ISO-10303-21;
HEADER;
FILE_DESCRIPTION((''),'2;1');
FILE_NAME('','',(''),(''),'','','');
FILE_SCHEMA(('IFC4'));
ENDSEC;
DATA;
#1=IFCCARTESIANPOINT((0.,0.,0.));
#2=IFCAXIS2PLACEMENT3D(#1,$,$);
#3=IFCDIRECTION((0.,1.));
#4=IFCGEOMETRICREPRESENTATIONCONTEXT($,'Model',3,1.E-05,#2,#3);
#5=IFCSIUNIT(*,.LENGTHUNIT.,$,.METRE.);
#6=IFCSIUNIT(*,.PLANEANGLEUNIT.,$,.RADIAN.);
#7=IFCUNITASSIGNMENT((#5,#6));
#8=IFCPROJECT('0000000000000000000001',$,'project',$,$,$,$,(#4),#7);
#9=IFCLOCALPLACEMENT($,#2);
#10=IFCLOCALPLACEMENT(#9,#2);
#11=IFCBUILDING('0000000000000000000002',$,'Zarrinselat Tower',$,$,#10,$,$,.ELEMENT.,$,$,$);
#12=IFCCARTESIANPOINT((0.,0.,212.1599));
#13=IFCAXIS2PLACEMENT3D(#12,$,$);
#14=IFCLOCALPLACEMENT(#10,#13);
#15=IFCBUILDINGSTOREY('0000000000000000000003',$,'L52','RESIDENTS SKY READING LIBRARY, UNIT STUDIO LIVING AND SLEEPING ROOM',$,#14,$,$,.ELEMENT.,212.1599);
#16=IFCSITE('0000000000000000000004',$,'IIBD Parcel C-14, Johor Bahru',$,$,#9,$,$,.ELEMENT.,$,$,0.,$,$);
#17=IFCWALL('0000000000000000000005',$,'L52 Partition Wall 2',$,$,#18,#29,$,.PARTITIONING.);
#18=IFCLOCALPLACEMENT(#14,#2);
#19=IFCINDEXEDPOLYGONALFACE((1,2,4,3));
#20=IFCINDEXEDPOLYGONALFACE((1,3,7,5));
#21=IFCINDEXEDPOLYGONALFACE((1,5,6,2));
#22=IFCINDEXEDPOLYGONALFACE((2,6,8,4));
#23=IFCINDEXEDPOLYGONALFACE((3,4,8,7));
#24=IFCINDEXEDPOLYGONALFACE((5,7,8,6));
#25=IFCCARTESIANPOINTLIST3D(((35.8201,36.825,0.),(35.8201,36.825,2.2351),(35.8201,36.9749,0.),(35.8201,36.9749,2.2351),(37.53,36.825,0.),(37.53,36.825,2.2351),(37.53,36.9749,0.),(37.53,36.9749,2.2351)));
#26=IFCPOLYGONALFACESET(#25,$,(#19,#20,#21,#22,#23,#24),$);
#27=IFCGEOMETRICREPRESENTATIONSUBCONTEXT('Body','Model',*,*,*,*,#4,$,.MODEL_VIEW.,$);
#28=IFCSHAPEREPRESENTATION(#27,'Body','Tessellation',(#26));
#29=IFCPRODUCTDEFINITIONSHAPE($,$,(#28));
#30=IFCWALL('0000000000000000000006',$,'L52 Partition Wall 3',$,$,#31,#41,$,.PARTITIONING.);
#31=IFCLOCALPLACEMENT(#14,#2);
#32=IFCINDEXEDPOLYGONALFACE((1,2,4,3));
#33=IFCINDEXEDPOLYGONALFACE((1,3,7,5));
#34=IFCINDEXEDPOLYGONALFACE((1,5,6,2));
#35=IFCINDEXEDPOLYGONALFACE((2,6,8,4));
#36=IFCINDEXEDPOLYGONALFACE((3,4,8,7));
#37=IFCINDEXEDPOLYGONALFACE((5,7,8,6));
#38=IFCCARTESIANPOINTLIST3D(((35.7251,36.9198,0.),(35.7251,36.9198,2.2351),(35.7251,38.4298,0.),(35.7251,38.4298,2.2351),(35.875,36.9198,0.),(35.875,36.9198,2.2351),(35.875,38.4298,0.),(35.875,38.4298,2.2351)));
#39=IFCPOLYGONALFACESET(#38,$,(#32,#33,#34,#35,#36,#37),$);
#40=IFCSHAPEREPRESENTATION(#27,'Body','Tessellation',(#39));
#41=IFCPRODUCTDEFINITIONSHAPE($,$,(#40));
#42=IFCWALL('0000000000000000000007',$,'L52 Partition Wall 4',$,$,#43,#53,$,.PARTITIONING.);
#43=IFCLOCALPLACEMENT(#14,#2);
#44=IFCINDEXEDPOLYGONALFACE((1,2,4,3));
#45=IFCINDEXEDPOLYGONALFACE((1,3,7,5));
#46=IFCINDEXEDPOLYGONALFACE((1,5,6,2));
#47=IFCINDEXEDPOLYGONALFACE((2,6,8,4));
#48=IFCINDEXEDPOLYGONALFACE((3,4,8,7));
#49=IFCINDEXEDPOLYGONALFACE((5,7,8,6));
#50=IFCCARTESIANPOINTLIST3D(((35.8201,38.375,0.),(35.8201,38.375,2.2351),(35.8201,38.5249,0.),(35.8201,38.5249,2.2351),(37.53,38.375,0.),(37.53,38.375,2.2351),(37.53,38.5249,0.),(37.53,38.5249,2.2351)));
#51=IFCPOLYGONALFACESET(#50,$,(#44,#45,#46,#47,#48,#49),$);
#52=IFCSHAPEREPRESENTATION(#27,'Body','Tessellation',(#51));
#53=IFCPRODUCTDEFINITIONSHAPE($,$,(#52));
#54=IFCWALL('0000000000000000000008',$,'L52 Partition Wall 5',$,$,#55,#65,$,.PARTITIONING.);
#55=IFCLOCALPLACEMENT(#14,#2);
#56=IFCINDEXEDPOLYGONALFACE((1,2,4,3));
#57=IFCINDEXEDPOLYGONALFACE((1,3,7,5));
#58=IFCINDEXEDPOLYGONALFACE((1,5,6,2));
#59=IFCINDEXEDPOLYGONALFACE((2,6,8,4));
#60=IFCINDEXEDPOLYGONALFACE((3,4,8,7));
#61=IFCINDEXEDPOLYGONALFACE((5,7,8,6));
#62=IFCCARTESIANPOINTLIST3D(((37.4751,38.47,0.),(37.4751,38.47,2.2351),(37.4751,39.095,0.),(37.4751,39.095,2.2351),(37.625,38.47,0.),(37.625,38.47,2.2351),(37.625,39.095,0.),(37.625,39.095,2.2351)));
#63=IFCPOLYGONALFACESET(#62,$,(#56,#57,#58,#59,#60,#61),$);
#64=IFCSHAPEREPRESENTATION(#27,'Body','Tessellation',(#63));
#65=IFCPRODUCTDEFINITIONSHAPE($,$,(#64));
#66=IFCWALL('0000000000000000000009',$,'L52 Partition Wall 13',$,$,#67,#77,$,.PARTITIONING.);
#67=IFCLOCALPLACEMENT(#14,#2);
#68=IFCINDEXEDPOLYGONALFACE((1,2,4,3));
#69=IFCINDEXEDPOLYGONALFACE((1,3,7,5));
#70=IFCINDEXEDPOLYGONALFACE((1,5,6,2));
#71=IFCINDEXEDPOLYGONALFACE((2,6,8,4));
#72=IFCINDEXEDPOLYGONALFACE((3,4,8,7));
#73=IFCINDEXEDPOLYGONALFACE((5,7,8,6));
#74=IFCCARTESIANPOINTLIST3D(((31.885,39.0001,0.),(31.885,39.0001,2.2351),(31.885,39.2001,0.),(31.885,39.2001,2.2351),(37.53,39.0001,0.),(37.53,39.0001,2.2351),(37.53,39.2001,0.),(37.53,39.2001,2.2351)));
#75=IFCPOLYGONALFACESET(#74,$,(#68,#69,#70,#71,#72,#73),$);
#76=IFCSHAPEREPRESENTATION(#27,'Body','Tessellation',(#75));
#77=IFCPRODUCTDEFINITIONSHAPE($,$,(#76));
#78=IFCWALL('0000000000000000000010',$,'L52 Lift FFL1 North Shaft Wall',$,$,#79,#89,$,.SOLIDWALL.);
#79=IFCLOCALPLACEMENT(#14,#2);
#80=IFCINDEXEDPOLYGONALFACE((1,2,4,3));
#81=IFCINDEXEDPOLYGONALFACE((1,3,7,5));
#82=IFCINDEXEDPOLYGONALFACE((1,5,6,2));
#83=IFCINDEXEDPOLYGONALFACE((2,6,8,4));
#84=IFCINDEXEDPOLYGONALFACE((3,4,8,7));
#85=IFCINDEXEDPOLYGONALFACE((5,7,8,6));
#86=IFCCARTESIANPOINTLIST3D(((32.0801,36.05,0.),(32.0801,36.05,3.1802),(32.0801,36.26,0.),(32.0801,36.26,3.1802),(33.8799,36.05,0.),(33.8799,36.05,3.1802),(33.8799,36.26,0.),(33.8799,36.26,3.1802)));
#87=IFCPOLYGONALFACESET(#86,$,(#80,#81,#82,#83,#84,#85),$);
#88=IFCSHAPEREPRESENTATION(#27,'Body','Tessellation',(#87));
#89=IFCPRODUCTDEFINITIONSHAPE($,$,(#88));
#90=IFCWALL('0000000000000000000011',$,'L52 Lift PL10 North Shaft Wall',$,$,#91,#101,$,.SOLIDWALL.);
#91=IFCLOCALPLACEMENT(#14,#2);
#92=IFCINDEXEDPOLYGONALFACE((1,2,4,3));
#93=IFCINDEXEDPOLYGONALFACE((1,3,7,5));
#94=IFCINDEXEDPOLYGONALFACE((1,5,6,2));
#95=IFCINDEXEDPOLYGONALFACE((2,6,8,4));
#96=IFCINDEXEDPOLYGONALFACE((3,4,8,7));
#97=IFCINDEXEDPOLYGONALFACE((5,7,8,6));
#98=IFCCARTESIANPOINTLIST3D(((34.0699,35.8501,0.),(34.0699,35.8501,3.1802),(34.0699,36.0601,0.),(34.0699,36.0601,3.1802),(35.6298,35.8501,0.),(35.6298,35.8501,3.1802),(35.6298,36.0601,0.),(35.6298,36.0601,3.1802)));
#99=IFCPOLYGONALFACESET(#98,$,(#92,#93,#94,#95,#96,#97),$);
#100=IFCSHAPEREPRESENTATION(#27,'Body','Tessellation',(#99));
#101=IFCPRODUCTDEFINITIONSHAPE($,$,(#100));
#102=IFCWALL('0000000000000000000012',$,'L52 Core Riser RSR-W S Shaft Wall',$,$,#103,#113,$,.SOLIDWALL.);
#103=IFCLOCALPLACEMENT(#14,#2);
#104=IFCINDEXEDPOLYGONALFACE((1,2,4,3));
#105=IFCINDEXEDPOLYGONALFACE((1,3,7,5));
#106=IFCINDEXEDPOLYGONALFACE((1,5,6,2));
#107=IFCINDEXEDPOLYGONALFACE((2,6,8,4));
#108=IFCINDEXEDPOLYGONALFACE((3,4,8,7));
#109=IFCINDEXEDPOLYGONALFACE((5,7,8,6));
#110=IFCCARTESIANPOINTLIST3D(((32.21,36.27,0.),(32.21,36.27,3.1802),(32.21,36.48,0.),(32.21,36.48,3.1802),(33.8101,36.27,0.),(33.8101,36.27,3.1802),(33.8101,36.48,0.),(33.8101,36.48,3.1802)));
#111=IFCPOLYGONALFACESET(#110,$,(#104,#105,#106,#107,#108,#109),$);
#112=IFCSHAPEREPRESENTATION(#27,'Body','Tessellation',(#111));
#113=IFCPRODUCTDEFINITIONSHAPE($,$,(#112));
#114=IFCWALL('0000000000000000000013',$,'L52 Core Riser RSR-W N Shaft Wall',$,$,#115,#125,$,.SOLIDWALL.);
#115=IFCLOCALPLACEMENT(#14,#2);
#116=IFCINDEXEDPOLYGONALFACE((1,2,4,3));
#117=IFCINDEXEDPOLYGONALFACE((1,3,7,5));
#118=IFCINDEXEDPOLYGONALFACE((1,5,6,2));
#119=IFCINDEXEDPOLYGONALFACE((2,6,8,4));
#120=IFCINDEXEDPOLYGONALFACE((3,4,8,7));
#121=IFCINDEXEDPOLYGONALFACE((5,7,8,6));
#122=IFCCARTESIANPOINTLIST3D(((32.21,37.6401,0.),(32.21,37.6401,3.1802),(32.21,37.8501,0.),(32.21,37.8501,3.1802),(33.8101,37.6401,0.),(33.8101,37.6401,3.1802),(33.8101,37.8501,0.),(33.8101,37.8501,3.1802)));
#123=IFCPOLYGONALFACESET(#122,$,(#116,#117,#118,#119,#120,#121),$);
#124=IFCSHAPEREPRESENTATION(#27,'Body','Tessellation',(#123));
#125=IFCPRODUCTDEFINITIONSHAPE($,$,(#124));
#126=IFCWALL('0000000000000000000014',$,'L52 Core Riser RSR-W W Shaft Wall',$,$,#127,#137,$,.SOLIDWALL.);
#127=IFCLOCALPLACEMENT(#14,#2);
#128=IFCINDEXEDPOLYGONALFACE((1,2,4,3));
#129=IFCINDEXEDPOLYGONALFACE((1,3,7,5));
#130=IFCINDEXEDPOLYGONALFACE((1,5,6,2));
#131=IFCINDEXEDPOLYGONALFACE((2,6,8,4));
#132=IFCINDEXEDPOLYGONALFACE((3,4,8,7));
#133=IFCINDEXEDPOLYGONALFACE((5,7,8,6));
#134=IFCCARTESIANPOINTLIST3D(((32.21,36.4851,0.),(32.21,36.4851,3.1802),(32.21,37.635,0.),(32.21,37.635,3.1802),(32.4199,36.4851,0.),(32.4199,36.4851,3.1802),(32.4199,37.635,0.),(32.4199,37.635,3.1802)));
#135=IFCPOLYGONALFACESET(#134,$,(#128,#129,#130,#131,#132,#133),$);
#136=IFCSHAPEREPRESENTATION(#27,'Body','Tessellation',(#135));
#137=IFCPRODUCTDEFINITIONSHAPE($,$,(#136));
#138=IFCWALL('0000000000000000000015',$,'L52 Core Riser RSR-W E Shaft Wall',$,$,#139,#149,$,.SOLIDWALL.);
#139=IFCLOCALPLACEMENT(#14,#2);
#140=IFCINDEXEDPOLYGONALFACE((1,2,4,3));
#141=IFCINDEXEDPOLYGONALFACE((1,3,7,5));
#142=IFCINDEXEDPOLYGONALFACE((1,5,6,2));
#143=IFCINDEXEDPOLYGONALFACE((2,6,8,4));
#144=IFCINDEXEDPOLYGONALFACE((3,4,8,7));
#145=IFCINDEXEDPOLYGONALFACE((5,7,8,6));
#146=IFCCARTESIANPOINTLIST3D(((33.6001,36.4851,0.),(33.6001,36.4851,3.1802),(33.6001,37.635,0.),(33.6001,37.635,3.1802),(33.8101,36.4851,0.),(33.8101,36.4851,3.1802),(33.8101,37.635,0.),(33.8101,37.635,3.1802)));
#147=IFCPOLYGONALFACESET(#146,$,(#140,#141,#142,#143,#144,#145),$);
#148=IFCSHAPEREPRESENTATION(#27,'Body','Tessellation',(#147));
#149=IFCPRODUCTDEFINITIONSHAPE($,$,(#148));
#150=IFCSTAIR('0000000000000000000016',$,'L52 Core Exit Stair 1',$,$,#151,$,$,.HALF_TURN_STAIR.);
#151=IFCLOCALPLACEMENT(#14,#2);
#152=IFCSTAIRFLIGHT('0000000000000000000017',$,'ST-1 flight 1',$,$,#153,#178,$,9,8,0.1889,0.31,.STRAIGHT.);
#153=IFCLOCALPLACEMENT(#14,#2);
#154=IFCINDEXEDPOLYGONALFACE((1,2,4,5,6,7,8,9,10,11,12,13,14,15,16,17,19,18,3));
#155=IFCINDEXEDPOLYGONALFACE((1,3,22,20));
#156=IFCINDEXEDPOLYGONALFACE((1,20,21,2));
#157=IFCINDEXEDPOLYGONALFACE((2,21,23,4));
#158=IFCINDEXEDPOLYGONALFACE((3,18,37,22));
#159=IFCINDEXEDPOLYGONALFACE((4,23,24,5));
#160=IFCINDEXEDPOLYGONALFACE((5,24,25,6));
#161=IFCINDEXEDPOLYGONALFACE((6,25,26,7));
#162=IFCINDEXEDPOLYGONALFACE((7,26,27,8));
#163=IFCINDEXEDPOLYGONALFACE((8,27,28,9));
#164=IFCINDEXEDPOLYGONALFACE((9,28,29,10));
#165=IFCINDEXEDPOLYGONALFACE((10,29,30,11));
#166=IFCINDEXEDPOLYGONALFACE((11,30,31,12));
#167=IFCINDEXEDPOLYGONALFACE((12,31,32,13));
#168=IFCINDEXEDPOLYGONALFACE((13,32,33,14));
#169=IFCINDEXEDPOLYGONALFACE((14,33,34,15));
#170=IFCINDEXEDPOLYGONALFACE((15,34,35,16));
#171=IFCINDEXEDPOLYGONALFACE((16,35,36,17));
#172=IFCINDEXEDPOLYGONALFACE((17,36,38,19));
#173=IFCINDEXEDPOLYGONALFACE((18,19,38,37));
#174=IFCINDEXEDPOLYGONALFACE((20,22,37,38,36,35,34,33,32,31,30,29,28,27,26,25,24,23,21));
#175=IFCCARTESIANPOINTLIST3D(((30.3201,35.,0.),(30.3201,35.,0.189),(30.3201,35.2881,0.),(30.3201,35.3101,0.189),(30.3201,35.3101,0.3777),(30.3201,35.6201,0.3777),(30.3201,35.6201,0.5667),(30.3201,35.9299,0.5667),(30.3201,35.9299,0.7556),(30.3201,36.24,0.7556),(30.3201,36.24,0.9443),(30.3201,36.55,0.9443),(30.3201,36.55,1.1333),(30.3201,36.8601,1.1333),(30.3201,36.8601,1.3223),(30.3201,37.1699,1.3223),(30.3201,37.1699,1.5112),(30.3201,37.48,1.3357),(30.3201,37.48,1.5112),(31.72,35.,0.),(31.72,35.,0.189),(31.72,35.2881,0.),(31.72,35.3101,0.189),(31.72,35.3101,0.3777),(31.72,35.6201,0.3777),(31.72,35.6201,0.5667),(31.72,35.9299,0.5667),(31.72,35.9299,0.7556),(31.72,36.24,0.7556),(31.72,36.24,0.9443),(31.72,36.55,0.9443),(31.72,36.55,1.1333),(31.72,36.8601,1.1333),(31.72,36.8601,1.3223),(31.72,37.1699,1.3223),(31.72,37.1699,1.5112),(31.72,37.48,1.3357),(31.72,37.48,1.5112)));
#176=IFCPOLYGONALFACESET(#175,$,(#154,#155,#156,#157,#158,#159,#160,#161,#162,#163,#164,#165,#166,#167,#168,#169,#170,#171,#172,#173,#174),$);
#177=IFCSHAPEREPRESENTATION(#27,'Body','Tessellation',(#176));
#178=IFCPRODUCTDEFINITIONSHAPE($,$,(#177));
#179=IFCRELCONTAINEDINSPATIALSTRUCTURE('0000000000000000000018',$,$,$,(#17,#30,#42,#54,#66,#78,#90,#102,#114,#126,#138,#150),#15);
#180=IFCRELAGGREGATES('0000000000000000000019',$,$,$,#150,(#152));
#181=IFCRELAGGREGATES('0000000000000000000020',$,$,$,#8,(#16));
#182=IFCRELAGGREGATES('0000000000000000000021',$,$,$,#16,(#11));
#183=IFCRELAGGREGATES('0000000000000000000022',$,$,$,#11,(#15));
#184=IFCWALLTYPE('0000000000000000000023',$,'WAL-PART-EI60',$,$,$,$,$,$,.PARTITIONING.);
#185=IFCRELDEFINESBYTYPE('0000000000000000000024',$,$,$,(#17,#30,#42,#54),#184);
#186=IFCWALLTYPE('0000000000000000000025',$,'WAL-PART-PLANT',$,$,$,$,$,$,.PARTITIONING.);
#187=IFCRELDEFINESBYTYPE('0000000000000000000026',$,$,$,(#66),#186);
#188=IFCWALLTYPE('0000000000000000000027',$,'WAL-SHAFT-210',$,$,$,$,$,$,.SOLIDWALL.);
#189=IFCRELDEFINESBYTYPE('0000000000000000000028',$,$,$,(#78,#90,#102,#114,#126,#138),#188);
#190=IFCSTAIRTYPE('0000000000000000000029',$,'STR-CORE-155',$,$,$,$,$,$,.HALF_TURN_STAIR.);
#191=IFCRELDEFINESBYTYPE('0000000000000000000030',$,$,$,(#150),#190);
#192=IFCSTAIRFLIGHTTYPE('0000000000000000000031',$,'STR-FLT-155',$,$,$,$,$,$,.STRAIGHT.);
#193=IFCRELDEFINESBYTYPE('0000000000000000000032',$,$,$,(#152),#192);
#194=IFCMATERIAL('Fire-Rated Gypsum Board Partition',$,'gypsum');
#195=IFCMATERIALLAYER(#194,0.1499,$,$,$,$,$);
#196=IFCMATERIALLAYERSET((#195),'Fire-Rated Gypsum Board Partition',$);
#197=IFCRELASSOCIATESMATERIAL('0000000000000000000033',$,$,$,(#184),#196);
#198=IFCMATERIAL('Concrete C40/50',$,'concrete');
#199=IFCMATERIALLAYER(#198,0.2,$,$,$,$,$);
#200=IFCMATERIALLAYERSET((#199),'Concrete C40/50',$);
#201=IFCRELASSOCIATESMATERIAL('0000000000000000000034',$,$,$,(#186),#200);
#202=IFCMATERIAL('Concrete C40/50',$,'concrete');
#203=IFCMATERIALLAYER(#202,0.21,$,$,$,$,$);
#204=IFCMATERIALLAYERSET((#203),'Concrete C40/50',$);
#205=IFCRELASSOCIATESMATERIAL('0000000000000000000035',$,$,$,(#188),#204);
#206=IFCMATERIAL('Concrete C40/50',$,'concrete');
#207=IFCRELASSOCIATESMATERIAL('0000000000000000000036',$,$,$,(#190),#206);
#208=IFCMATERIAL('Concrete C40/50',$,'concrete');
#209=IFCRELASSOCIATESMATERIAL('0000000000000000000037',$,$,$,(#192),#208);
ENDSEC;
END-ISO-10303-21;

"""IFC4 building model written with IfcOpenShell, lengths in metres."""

from ifc_helpers import new_model, si_unit, direction, frame, frame_2d, origin, place, context, subcontext, project, spatial, polyline, rectangle, outline, extrude, material, layer, layer_set, type_object, element, aggregate, save


model = new_model("IFC4")

# Units and contexts
model_context = context("Model", 3, precision=1e-05, world=origin(), true_north=direction((0.0, 1.0)))
body_context = subcontext(model_context, "Body", "Model", "MODEL_VIEW")
ifc_project = project(units=[si_unit("LENGTHUNIT", "METRE"), si_unit("PLANEANGLEUNIT", "RADIAN")], contexts=[model_context])

# Site, building, storey
site_placement = place(None, origin())
site = spatial("IfcSite", under=ifc_project, at=site_placement, Name="IIBD Parcel C-14, Johor Bahru", CompositionType="ELEMENT", RefElevation=0.0)
building_placement = place(site_placement, origin())
building = spatial("IfcBuilding", under=site, at=building_placement, Name="Zarrinselat Tower", CompositionType="ELEMENT")
storey_placement = place(building_placement, frame((0.0, 0.0, 212.1599)))
storey = spatial("IfcBuildingStorey", under=building, at=storey_placement, Name="L52", Description="RESIDENTS SKY READING LIBRARY, UNIT STUDIO LIVING AND SLEEPING ROOM", CompositionType="ELEMENT", Elevation=212.1599)

# Walls
ifc_material_1 = material(Name="Fire-Rated Gypsum Board Partition", Category="gypsum")
ifc_layer_1 = layer(ifc_material_1, 0.1499)
ifc_layer_set_1 = layer_set([ifc_layer_1], Name="Fire-Rated Gypsum Board Partition")
wall_type_1 = type_object("IfcWallType", Name="WAL-PART-EI60", PredefinedType="PARTITIONING", material=ifc_layer_set_1)
wall_1_placement = place(storey_placement, frame((35.8201, 36.8999, 0.0), z_axis=(0.0, 0.0, 1.0), x_axis=(1.0, 0.0, 0.0)))
element("IfcWall", 1, at=wall_1_placement, inside=storey, type_object=wall_type_1, Name="L52 Partition Wall 2", PredefinedType="PARTITIONING", context=body_context, shape_type="SweptSolid", body=[
    extrude(rectangle(XDim=1.71, YDim=0.1499, at=frame_2d((0.855, 0.0))), origin(), (0.0, 0.0, 1.0), 2.2351),
])
wall_2_placement = place(storey_placement, frame((35.8, 36.9199, 0.0), z_axis=(0.0, 0.0, 1.0), x_axis=(0.0, 1.0, 0.0)))
element("IfcWall", 2, at=wall_2_placement, inside=storey, type_object=wall_type_1, Name="L52 Partition Wall 3", PredefinedType="PARTITIONING", context=body_context, shape_type="SweptSolid", body=[
    extrude(rectangle(XDim=1.51, YDim=0.1499, at=frame_2d((0.7549, 0.0))), origin(), (0.0, 0.0, 1.0), 2.2351),
])
wall_3_placement = place(storey_placement, frame((35.8201, 38.45, 0.0), z_axis=(0.0, 0.0, 1.0), x_axis=(1.0, 0.0, 0.0)))
element("IfcWall", 3, at=wall_3_placement, inside=storey, type_object=wall_type_1, Name="L52 Partition Wall 4", PredefinedType="PARTITIONING", context=body_context, shape_type="SweptSolid", body=[
    extrude(rectangle(XDim=1.71, YDim=0.1499, at=frame_2d((0.855, 0.0))), origin(), (0.0, 0.0, 1.0), 2.2351),
])
wall_4_placement = place(storey_placement, frame((37.55, 38.47, 0.0), z_axis=(0.0, 0.0, 1.0), x_axis=(0.0, 1.0, 0.0)))
element("IfcWall", 4, at=wall_4_placement, inside=storey, type_object=wall_type_1, Name="L52 Partition Wall 5", PredefinedType="PARTITIONING", context=body_context, shape_type="SweptSolid", body=[
    extrude(rectangle(XDim=0.625, YDim=0.1499, at=frame_2d((0.3125, 0.0))), origin(), (0.0, 0.0, 1.0), 2.2351),
])
ifc_material_2 = material(Name="Concrete C40/50", Category="concrete")
ifc_layer_2 = layer(ifc_material_2, 0.2)
ifc_layer_set_2 = layer_set([ifc_layer_2], Name="Concrete C40/50")
wall_type_2 = type_object("IfcWallType", Name="WAL-PART-PLANT", PredefinedType="PARTITIONING", material=ifc_layer_set_2)
wall_5_placement = place(storey_placement, frame((31.885, 39.1001, 0.0), z_axis=(0.0, 0.0, 1.0), x_axis=(1.0, 0.0, 0.0)))
element("IfcWall", 5, at=wall_5_placement, inside=storey, type_object=wall_type_2, Name="L52 Partition Wall 13", PredefinedType="PARTITIONING", context=body_context, shape_type="SweptSolid", body=[
    extrude(rectangle(XDim=5.645, YDim=0.2, at=frame_2d((2.8225, 0.0))), origin(), (0.0, 0.0, 1.0), 2.2351),
])
ifc_material_3 = material(Name="Concrete C40/50", Category="concrete")
ifc_layer_3 = layer(ifc_material_3, 0.21)
ifc_layer_set_3 = layer_set([ifc_layer_3], Name="Concrete C40/50")
wall_type_3 = type_object("IfcWallType", Name="WAL-SHAFT-210", PredefinedType="SOLIDWALL", material=ifc_layer_set_3)
wall_6_placement = place(storey_placement, frame((32.0801, 36.155, 0.0), z_axis=(0.0, 0.0, 1.0), x_axis=(1.0, 0.0, 0.0)))
element("IfcWall", 6, at=wall_6_placement, inside=storey, type_object=wall_type_3, Name="L52 Lift FFL1 North Shaft Wall", PredefinedType="SOLIDWALL", context=body_context, shape_type="SweptSolid", body=[
    extrude(rectangle(XDim=1.7998, YDim=0.21, at=frame_2d((0.8999, 0.0))), origin(), (0.0, 0.0, 1.0), 3.1802),
])
wall_7_placement = place(storey_placement, frame((34.0701, 35.9551, 0.0), z_axis=(0.0, 0.0, 1.0), x_axis=(1.0, 0.0, 0.0)))
element("IfcWall", 7, at=wall_7_placement, inside=storey, type_object=wall_type_3, Name="L52 Lift PL10 North Shaft Wall", PredefinedType="SOLIDWALL", context=body_context, shape_type="SweptSolid", body=[
    extrude(rectangle(XDim=1.5598, YDim=0.21, at=frame_2d((0.7798, 0.0))), origin(), (0.0, 0.0, 1.0), 3.1802),
])
for number, where, z_axis, x_axis, name in (
    (8, (32.21, 36.375, 0.0), (0.0, 0.0, 1.0), (1.0, 0.0, 0.0), "L52 Core Riser RSR-W S Shaft Wall"),
    (9, (32.21, 37.7451, 0.0), (0.0, 0.0, 1.0), (1.0, 0.0, 0.0), "L52 Core Riser RSR-W N Shaft Wall"),
):
    element("IfcWall", number, at=place(storey_placement, frame(where, z_axis=z_axis, x_axis=x_axis)), inside=storey, type_object=wall_type_3, Name=name, PredefinedType="SOLIDWALL", context=body_context, shape_type="SweptSolid", body=[
        extrude(rectangle(XDim=1.6001, YDim=0.21, at=frame_2d((0.8, 0.0))), origin(), (0.0, 0.0, 1.0), 3.1802),
    ])
for number, where, z_axis, x_axis, name in (
    (10, (32.3149, 36.4851, 0.0), (0.0, 0.0, 1.0), (0.0, 1.0, 0.0), "L52 Core Riser RSR-W W Shaft Wall"),
    (11, (33.7051, 36.4851, 0.0), (0.0, 0.0, 1.0), (0.0, 1.0, 0.0), "L52 Core Riser RSR-W E Shaft Wall"),
):
    element("IfcWall", number, at=place(storey_placement, frame(where, z_axis=z_axis, x_axis=x_axis)), inside=storey, type_object=wall_type_3, Name=name, PredefinedType="SOLIDWALL", context=body_context, shape_type="SweptSolid", body=[
        extrude(rectangle(XDim=1.1499, YDim=0.21, at=frame_2d((0.575, 0.0))), origin(), (0.0, 0.0, 1.0), 3.1802),
    ])

# Stair, stair flight
ifc_material_4 = material(Name="Concrete C40/50", Category="concrete")
stair_type = type_object("IfcStairType", Name="STR-CORE-155", PredefinedType="HALF_TURN_STAIR", material=ifc_material_4)
stair_placement = place(storey_placement, origin())
stair = element("IfcStair", 12, at=stair_placement, inside=storey, type_object=stair_type, Name="L52 Core Exit Stair 1", PredefinedType="HALF_TURN_STAIR")
ifc_material_5 = material(Name="Concrete C40/50", Category="concrete")
stair_flight_type = type_object("IfcStairFlightType", Name="STR-FLT-155", PredefinedType="STRAIGHT", material=ifc_material_5)
stair_flight_1_placement = place(storey_placement, frame((31.02, 35.0, 0.0), z_axis=(0.0, 0.0, 1.0), x_axis=(0.0, 1.0, 0.0)))
stair_flight_1 = element("IfcStairFlight", 13, at=stair_flight_1_placement, type_object=stair_flight_type, Name="ST-1 flight 1", NumberOfRisers=9, NumberOfTreads=8, PredefinedType="STRAIGHT", RiserHeight=0.1889, TreadLength=0.31, context=body_context, shape_type="SweptSolid", body=[
    extrude(outline(polyline([(0.0, 0.0), (0.0, 0.189), (0.3101, 0.189), (0.3101, 0.3777), (0.6201, 0.3777), (0.6201, 0.5667), (0.9299, 0.5667), (0.9299, 0.7556), (1.24, 0.7556), (1.24, 0.9443), (1.55, 0.9443), (1.55, 1.1333), (1.8601, 1.1333), (1.8601, 1.3223), (2.1699, 1.3223), (2.1699, 1.5112), (2.48, 1.5112), (2.48, 1.7), (2.48, 1.3357), (0.2881, 0.0), (0.0, 0.0)])), frame((0.0, 0.7, 0.0), z_axis=(0.0, -1.0, 0.0), x_axis=(1.0, 0.0, 0.0)), (0.0, 0.0, 1.0), 1.3999),
])
aggregate(stair, [stair_flight_1])

save(model, "model.ifc")
